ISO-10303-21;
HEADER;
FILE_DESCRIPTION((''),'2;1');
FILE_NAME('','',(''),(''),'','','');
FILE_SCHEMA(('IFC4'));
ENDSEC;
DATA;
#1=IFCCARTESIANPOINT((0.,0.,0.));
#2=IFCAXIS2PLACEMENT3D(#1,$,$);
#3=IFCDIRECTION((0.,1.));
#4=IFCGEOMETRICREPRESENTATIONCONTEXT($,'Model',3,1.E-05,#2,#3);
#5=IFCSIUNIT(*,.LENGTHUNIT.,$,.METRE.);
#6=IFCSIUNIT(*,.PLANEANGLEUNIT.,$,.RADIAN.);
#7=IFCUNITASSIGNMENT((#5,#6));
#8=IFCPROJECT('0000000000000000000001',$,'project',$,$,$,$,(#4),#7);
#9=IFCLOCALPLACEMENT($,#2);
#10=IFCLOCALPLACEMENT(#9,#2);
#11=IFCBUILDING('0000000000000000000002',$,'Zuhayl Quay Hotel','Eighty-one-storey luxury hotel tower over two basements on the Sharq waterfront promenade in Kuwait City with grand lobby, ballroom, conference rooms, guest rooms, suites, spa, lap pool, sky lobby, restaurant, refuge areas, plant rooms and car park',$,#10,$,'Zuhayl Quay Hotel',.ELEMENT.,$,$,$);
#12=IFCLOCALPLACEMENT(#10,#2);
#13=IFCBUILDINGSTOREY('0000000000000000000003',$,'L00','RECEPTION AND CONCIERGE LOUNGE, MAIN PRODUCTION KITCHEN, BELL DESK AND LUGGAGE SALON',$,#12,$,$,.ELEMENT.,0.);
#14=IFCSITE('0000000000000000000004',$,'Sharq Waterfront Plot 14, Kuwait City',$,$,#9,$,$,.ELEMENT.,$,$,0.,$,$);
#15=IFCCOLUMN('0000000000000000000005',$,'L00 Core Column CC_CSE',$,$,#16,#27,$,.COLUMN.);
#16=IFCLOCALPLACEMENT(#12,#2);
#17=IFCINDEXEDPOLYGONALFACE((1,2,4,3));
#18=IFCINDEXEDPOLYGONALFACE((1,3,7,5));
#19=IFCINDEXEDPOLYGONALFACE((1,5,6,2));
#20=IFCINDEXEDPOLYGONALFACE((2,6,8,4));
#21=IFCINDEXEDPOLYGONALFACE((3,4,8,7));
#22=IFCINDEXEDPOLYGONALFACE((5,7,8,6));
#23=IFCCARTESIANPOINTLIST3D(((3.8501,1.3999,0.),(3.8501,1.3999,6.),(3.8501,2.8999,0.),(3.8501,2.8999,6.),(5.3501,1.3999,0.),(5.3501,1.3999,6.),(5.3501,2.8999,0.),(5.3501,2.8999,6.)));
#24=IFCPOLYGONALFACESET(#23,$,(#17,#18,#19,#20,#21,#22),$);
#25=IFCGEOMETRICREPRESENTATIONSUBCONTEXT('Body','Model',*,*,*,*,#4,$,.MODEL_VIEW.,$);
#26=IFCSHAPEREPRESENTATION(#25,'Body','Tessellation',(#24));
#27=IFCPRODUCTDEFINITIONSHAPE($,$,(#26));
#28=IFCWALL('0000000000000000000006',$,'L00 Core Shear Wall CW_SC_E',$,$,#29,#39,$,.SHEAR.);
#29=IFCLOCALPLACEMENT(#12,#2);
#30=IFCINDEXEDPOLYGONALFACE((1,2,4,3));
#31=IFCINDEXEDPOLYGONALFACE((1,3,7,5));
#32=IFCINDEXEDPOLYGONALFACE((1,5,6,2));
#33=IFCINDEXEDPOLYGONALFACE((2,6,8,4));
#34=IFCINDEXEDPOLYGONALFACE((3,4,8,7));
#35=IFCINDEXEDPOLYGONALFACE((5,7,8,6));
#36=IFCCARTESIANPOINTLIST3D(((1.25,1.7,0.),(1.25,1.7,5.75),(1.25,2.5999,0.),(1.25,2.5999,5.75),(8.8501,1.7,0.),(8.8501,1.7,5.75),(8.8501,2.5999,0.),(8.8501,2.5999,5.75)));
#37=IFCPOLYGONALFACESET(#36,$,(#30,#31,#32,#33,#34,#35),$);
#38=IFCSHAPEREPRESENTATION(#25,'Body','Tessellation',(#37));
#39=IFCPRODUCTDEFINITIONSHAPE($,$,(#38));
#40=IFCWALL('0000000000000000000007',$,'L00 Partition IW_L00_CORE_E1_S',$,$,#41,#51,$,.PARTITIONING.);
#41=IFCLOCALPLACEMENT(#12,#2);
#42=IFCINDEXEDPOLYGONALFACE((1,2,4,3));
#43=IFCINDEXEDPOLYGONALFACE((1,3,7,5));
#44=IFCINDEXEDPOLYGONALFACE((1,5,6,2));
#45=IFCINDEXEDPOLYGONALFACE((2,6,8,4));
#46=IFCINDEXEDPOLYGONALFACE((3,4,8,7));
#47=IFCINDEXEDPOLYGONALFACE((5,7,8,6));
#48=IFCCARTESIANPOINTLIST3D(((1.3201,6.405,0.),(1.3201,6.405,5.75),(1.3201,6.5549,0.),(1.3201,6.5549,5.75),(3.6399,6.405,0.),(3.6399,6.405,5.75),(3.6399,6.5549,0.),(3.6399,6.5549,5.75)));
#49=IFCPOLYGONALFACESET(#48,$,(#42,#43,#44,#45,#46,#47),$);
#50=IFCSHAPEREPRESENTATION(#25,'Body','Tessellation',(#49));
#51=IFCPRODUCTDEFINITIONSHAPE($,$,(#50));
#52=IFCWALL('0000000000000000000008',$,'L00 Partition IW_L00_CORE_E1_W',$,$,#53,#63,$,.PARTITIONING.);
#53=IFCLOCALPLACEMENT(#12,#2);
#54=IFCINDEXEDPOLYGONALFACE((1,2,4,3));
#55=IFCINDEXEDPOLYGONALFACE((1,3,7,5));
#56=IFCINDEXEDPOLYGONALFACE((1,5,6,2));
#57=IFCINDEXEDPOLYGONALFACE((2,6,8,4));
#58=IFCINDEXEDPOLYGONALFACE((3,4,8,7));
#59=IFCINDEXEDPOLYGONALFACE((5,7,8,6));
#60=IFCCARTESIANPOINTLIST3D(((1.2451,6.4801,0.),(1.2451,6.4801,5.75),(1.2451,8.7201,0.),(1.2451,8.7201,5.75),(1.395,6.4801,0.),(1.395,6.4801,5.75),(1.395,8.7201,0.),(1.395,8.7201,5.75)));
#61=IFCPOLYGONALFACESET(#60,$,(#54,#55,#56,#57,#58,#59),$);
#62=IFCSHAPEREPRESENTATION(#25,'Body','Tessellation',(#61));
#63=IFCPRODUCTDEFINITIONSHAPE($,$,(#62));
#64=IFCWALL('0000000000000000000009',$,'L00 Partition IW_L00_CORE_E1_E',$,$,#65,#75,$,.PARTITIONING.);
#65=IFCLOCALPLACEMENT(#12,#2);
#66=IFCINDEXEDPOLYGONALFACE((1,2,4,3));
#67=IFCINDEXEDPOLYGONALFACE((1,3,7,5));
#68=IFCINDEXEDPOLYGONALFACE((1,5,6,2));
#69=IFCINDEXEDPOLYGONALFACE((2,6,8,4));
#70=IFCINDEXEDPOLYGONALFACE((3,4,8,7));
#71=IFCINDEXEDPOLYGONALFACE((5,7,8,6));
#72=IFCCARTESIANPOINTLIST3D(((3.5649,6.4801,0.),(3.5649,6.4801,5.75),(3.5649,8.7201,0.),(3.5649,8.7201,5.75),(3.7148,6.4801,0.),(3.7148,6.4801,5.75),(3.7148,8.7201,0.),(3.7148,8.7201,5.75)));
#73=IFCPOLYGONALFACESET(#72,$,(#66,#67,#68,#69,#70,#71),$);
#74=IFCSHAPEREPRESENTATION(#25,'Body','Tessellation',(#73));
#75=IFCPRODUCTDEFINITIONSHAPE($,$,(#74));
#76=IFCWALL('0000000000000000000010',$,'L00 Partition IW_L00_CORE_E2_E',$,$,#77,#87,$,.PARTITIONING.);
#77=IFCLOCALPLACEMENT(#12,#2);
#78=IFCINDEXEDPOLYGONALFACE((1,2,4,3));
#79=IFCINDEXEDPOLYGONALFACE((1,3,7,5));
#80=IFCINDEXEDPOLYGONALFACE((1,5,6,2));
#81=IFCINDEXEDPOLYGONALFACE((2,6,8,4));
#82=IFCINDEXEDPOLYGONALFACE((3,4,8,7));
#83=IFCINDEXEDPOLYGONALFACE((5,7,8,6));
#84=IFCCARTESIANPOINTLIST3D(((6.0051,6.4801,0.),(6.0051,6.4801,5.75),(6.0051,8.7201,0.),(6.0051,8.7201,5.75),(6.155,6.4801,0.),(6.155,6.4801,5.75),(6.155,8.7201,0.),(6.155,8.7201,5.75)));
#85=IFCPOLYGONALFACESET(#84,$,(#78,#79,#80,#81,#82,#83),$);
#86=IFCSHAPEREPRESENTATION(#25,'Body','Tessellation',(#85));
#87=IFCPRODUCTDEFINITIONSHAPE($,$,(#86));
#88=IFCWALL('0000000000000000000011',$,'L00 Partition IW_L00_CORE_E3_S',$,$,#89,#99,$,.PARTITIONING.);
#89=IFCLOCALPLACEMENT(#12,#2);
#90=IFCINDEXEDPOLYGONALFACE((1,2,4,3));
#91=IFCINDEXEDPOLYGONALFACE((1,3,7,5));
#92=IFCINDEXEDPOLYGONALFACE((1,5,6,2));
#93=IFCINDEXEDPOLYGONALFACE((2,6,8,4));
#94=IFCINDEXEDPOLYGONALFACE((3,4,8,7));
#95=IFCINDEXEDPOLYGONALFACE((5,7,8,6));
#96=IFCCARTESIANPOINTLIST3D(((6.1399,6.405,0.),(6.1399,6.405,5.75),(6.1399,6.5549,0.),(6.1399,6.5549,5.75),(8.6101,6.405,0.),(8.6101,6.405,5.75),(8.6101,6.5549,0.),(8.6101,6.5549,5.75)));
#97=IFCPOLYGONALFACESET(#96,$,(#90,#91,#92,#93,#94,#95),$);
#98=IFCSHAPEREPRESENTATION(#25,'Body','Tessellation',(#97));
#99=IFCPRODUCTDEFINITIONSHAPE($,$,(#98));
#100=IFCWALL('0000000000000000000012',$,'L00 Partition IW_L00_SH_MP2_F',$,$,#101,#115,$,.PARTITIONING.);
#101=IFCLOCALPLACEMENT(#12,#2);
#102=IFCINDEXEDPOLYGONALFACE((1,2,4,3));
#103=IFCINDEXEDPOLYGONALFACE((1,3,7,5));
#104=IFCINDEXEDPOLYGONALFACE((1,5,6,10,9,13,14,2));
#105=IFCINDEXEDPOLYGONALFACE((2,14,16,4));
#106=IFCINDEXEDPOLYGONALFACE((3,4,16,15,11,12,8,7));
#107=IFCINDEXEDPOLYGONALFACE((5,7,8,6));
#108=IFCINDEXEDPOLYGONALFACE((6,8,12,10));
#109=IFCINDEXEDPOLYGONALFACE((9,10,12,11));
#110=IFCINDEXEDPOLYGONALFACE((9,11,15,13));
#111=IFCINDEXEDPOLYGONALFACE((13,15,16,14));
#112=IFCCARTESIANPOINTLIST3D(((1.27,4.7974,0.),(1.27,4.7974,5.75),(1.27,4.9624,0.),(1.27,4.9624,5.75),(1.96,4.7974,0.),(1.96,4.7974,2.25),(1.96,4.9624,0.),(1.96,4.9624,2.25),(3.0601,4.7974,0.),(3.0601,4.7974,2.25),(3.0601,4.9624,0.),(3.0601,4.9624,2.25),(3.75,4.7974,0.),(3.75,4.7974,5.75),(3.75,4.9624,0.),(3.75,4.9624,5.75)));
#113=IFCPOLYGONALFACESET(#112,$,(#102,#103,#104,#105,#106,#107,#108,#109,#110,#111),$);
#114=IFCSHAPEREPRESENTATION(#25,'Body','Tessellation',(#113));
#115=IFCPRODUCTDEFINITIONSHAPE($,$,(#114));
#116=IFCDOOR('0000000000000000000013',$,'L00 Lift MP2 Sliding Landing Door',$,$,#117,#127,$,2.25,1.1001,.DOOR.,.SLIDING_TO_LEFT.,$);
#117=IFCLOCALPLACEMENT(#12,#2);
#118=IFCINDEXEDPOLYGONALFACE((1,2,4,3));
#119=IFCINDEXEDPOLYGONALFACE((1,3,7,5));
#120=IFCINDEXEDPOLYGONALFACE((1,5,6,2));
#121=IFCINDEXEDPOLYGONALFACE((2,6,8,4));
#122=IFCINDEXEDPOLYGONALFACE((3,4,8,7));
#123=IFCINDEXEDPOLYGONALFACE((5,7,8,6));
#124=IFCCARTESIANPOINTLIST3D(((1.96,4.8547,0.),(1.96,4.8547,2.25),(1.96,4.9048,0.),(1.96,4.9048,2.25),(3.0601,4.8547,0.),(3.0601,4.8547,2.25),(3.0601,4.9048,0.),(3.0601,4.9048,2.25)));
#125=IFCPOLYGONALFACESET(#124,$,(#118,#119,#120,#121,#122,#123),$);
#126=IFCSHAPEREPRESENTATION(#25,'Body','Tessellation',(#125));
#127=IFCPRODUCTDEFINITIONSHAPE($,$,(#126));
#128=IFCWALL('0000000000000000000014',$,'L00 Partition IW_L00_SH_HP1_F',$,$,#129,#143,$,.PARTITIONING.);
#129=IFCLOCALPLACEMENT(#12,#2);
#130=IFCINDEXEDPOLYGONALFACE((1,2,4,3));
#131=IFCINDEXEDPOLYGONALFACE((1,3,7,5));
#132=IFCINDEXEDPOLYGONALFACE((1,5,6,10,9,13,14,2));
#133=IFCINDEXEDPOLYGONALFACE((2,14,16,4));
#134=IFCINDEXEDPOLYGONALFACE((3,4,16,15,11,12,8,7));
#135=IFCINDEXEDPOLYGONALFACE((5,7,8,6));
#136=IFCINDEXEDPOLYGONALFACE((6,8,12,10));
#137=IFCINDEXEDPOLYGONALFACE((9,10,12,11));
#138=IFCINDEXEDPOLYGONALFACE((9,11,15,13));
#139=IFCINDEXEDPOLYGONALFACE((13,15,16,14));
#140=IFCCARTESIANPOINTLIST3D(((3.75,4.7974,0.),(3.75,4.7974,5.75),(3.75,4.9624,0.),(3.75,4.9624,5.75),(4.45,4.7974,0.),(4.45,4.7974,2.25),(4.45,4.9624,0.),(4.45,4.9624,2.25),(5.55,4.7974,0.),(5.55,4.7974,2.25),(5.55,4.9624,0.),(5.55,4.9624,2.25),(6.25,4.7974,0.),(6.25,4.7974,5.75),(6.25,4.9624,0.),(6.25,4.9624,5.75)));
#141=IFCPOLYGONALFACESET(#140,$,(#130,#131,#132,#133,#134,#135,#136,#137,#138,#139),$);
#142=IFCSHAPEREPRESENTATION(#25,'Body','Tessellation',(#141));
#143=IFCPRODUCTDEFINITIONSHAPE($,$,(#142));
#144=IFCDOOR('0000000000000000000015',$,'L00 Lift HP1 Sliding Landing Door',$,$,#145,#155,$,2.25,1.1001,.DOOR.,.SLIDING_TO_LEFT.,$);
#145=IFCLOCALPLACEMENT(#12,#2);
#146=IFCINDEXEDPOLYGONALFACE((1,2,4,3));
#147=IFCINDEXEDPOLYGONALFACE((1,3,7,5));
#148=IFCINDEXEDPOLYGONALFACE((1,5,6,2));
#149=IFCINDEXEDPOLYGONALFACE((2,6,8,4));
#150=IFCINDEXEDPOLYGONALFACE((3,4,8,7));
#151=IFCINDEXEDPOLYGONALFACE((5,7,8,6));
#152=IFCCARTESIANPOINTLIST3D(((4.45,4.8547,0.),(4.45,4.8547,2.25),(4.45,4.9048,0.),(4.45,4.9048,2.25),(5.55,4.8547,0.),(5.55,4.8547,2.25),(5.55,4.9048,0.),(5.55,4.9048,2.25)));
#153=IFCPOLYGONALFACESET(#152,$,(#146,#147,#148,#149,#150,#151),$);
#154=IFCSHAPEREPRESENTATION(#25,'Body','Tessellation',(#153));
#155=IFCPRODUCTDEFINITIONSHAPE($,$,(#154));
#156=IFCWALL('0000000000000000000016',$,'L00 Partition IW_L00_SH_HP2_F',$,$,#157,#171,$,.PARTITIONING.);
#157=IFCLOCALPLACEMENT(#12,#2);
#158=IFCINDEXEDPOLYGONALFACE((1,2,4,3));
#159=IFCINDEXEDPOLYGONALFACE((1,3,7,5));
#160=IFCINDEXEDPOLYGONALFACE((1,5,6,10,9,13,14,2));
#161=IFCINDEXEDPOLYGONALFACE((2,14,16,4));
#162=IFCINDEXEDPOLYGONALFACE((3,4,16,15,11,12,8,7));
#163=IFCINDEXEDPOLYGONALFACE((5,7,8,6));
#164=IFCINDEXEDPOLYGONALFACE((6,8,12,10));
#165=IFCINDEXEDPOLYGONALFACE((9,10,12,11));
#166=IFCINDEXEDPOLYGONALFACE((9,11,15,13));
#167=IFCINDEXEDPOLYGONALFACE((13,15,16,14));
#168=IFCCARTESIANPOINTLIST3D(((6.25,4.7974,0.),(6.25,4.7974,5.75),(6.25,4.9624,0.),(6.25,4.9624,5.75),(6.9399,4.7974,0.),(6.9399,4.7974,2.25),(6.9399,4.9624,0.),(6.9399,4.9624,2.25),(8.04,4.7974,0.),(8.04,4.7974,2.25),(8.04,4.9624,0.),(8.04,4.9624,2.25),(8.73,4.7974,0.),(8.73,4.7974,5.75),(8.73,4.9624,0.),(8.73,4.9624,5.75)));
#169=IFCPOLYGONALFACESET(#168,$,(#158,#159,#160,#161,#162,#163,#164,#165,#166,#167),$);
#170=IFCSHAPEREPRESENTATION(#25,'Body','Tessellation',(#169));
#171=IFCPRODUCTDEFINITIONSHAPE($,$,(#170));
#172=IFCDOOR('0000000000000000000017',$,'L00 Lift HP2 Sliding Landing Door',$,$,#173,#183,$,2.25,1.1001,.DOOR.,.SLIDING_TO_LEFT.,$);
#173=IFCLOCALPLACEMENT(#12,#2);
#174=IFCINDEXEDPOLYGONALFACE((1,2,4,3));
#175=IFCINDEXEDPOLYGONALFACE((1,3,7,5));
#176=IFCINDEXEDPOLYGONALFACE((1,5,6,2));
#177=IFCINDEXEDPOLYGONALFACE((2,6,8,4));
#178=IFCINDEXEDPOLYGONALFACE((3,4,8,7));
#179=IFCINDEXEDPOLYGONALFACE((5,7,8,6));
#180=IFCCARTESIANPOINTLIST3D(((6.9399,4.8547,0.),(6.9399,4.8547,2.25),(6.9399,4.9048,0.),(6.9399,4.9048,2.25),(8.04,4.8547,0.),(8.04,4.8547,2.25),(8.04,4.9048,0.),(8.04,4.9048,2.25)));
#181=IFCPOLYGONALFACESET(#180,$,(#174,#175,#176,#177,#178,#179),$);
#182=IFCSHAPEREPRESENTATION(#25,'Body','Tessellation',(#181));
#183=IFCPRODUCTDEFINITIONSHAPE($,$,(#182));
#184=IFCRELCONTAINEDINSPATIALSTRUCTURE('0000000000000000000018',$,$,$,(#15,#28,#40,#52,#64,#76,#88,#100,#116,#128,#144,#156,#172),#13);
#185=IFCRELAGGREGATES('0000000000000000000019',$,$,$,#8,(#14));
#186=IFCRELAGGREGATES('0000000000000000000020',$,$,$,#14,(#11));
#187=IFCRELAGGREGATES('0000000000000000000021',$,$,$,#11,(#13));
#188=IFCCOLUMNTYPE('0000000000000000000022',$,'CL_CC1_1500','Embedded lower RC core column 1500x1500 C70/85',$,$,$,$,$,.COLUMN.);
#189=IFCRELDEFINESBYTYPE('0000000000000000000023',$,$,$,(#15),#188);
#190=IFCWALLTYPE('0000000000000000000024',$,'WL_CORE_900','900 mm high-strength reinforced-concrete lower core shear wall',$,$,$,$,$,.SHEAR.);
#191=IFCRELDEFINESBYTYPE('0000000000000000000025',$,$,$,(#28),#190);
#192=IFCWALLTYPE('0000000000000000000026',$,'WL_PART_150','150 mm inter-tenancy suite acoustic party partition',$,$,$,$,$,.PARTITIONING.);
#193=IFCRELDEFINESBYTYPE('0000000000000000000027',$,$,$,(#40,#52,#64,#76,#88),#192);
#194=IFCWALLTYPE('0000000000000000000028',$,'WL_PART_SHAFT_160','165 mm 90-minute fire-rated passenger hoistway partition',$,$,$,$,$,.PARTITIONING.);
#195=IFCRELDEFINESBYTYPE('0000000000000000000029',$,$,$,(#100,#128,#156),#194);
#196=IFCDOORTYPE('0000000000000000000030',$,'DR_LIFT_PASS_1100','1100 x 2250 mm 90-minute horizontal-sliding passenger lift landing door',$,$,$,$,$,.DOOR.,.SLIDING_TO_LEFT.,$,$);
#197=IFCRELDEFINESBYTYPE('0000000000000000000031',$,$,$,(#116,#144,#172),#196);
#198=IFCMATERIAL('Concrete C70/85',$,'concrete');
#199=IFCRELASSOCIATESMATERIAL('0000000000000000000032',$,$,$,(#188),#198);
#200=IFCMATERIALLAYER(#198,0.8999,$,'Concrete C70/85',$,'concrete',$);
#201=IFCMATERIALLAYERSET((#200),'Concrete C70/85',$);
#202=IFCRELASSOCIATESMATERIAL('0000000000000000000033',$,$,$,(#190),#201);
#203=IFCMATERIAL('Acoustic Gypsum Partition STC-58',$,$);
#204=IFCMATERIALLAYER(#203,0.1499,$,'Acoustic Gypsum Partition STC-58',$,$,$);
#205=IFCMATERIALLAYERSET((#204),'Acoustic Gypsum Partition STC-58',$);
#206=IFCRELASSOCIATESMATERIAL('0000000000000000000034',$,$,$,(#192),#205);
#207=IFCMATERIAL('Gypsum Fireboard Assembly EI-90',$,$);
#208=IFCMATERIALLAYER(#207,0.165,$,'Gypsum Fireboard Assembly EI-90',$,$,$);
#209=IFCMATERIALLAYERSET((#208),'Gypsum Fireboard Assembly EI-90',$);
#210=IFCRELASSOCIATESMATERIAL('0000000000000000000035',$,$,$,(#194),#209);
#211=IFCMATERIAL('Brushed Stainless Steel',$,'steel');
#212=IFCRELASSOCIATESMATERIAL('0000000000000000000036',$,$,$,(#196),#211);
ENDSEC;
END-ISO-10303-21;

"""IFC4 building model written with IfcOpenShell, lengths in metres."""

from ifc_helpers import new_model, si_unit, direction, frame, frame_2d, origin, origin_2d, place, context, subcontext, project, spatial, rectangle, extrude, material, layer, layer_set, material_profile, profile_set, type_object, element, fill, save


model = new_model("IFC4")

# Units and contexts
model_context = context("Model", 3, precision=1e-05, world=origin(), true_north=direction((0.0, 1.0)))
body_context = subcontext(model_context, "Body", "Model", "MODEL_VIEW")
ifc_project = project(units=[si_unit("LENGTHUNIT", "METRE"), si_unit("PLANEANGLEUNIT", "RADIAN")], contexts=[model_context])

# Site, building, storey
site_placement = place(None, origin())
site = spatial("IfcSite", under=ifc_project, at=site_placement, Name="Sharq Waterfront Plot 14, Kuwait City", CompositionType="ELEMENT", RefElevation=0.0)
building_placement = place(site_placement, origin())
building = spatial("IfcBuilding", under=site, at=building_placement, Name="Zuhayl Quay Hotel", Description="Eighty-one-storey luxury hotel tower over two basements on the Sharq waterfront promenade in Kuwait City with grand lobby, ballroom, conference rooms, guest rooms, suites, spa, lap pool, sky lobby, restaurant, refuge areas, plant rooms and car park", LongName="Zuhayl Quay Hotel", CompositionType="ELEMENT")
storey_placement = place(building_placement, origin())
storey = spatial("IfcBuildingStorey", under=building, at=storey_placement, Name="L00", Description="RECEPTION AND CONCIERGE LOUNGE, MAIN PRODUCTION KITCHEN, BELL DESK AND LUGGAGE SALON", CompositionType="ELEMENT", Elevation=0.0)

# Column
ifc_material_1 = material(Name="Concrete C70/85", Category="concrete")
ifc_material_profile = material_profile(ifc_material_1, rectangle(XDim=1.5, YDim=1.5, at=origin_2d()), Name="RC1500X1500")
ifc_profile_set = profile_set([ifc_material_profile], Name="Concrete C70/85")
column_type = type_object("IfcColumnType", Name="CL_CC1_1500", Description="Embedded lower RC core column 1500x1500 C70/85", PredefinedType="COLUMN", material=ifc_profile_set)
column_placement = place(storey_placement, frame((4.6001, 2.1499, 0.0), z_axis=(0.0, 0.0, 1.0), x_axis=(1.0, 0.0, 0.0)))
element("IfcColumn", 1, at=column_placement, inside=storey, type_object=column_type, Name="L00 Core Column CC_CSE", PredefinedType="COLUMN", context=body_context, shape_type="SweptSolid", body=[
    extrude(rectangle(XDim=1.5, YDim=1.5, at=origin_2d()), origin(), (0.0, 0.0, 1.0), 6.0),
])

# Wall
ifc_layer_1 = layer(ifc_material_1, 0.8999, Name="Concrete C70/85", Category="concrete")
ifc_layer_set_1 = layer_set([ifc_layer_1], Name="Concrete C70/85")
wall_type_1 = type_object("IfcWallType", Name="WL_CORE_900", Description="900 mm high-strength reinforced-concrete lower core shear wall", PredefinedType="SHEAR", material=ifc_layer_set_1)
wall_1_placement = place(storey_placement, frame((1.25, 2.1499, 0.0), z_axis=(0.0, 0.0, 1.0), x_axis=(1.0, 0.0, 0.0)))
element("IfcWall", 2, at=wall_1_placement, inside=storey, type_object=wall_type_1, Name="L00 Core Shear Wall CW_SC_E", PredefinedType="SHEAR", context=body_context, shape_type="SweptSolid", body=[
    extrude(rectangle(XDim=7.6001, YDim=0.8999, at=frame_2d((3.8, 0.0))), origin(), (0.0, 0.0, 1.0), 5.75),
])

# Shared definitions
ifc_material_2 = material(Name="Acoustic Gypsum Partition STC-58")
ifc_layer_2 = layer(ifc_material_2, 0.1499, Name="Acoustic Gypsum Partition STC-58")
ifc_layer_set_2 = layer_set([ifc_layer_2], Name="Acoustic Gypsum Partition STC-58")
wall_type_2 = type_object("IfcWallType", Name="WL_PART_150", Description="150 mm inter-tenancy suite acoustic party partition", PredefinedType="PARTITIONING", material=ifc_layer_set_2)

# Walls
wall_2_placement = place(storey_placement, frame((1.3201, 6.48, 0.0), z_axis=(0.0, 0.0, 1.0), x_axis=(1.0, 0.0, 0.0)))
element("IfcWall", 3, at=wall_2_placement, inside=storey, type_object=wall_type_2, Name="L00 Partition IW_L00_CORE_E1_S", PredefinedType="PARTITIONING", context=body_context, shape_type="SweptSolid", body=[
    extrude(rectangle(XDim=2.3198, YDim=0.1499, at=frame_2d((1.1599, 0.0))), origin(), (0.0, 0.0, 1.0), 5.75),
])
for number, where, z_axis, x_axis, name in (
    (4, (1.3201, 6.48, 0.0), (0.0, 0.0, 1.0), (0.0, 1.0, 0.0), "L00 Partition IW_L00_CORE_E1_W"),
    (5, (3.6399, 6.48, 0.0), (0.0, 0.0, 1.0), (0.0, 1.0, 0.0), "L00 Partition IW_L00_CORE_E1_E"),
    (6, (6.0801, 6.48, 0.0), (0.0, 0.0, 1.0), (0.0, 1.0, 0.0), "L00 Partition IW_L00_CORE_E2_E"),
):
    element("IfcWall", number, at=place(storey_placement, frame(where, z_axis=z_axis, x_axis=x_axis)), inside=storey, type_object=wall_type_2, Name=name, PredefinedType="PARTITIONING", context=body_context, shape_type="SweptSolid", body=[
        extrude(rectangle(XDim=2.24, YDim=0.1499, at=frame_2d((1.1201, 0.0))), origin(), (0.0, 0.0, 1.0), 5.75),
    ])
wall_3_placement = place(storey_placement, frame((6.1399, 6.48, 0.0), z_axis=(0.0, 0.0, 1.0), x_axis=(1.0, 0.0, 0.0)))
element("IfcWall", 7, at=wall_3_placement, inside=storey, type_object=wall_type_2, Name="L00 Partition IW_L00_CORE_E3_S", PredefinedType="PARTITIONING", context=body_context, shape_type="SweptSolid", body=[
    extrude(rectangle(XDim=2.4702, YDim=0.1499, at=frame_2d((1.2351, 0.0))), origin(), (0.0, 0.0, 1.0), 5.75),
])

# Walls, openings, doors
ifc_material_3 = material(Name="Gypsum Fireboard Assembly EI-90")
ifc_layer_3 = layer(ifc_material_3, 0.165, Name="Gypsum Fireboard Assembly EI-90")
ifc_layer_set_3 = layer_set([ifc_layer_3], Name="Gypsum Fireboard Assembly EI-90")
wall_type_3 = type_object("IfcWallType", Name="WL_PART_SHAFT_160", Description="165 mm 90-minute fire-rated passenger hoistway partition", PredefinedType="PARTITIONING", material=ifc_layer_set_3)
wall_4_placement = place(storey_placement, frame((1.27, 4.8799, 0.0), z_axis=(0.0, 0.0, 1.0), x_axis=(1.0, 0.0, 0.0)))
wall_4 = element("IfcWall", 8, at=wall_4_placement, inside=storey, type_object=wall_type_3, Name="L00 Partition IW_L00_SH_MP2_F", PredefinedType="PARTITIONING", context=body_context, shape_type="SweptSolid", body=[
    extrude(rectangle(XDim=2.48, YDim=0.165, at=frame_2d((1.24, 0.0))), origin(), (0.0, 0.0, 1.0), 5.75),
])
opening_1_placement = place(wall_4_placement, frame((0.6899, 0.0, 0.0)))
opening_1 = element("IfcOpeningElement", 9, at=opening_1_placement, cuts=wall_4, PredefinedType="OPENING", context=body_context, shape_type="SweptSolid", body=[
    extrude(rectangle(XDim=1.1001, YDim=2.25, at=frame_2d((0.55, 1.125))), frame((0.0, 0.0925, 0.0), z_axis=(0.0, -1.0, 0.0), x_axis=(1.0, 0.0, 0.0)), (0.0, 0.0, 1.0), 0.1851),
])
ifc_material_4 = material(Name="Brushed Stainless Steel", Category="steel")
door_type_1 = type_object("IfcDoorType", Name="DR_LIFT_PASS_1100", Description="1100 x 2250 mm 90-minute horizontal-sliding passenger lift landing door", OperationType="SLIDING_TO_LEFT", PredefinedType="DOOR", material=ifc_material_4)
door_1_placement = place(opening_1_placement, origin())
door_1 = element("IfcDoor", 10, at=door_1_placement, inside=storey, type_object=door_type_1, Name="L00 Lift MP2 Sliding Landing Door", OperationType="SLIDING_TO_LEFT", OverallHeight=2.25, OverallWidth=1.1001, PredefinedType="DOOR", context=body_context, shape_type="SweptSolid", body=[
    extrude(rectangle(XDim=1.1001, YDim=2.25, at=frame_2d((0.55, 1.125))), frame((0.0, 0.0249, 0.0), z_axis=(0.0, -1.0, 0.0), x_axis=(1.0, 0.0, 0.0)), (0.0, 0.0, 1.0), 0.05),
])
fill(opening_1, door_1)
wall_5_placement = place(storey_placement, frame((3.75, 4.8799, 0.0), z_axis=(0.0, 0.0, 1.0), x_axis=(1.0, 0.0, 0.0)))
wall_5 = element("IfcWall", 11, at=wall_5_placement, inside=storey, type_object=wall_type_3, Name="L00 Partition IW_L00_SH_HP1_F", PredefinedType="PARTITIONING", context=body_context, shape_type="SweptSolid", body=[
    extrude(rectangle(XDim=2.5, YDim=0.165, at=frame_2d((1.25, 0.0))), origin(), (0.0, 0.0, 1.0), 5.75),
])
opening_2_placement = place(wall_5_placement, frame((0.7, 0.0, 0.0)))
opening_2 = element("IfcOpeningElement", 12, at=opening_2_placement, cuts=wall_5, PredefinedType="OPENING", context=body_context, shape_type="SweptSolid", body=[
    extrude(rectangle(XDim=1.1001, YDim=2.25, at=frame_2d((0.55, 1.125))), frame((0.0, 0.0925, 0.0), z_axis=(0.0, -1.0, 0.0), x_axis=(1.0, 0.0, 0.0)), (0.0, 0.0, 1.0), 0.1851),
])
door_2_placement = place(opening_2_placement, origin())
door_2 = element("IfcDoor", 13, at=door_2_placement, inside=storey, type_object=door_type_1, Name="L00 Lift HP1 Sliding Landing Door", OperationType="SLIDING_TO_LEFT", OverallHeight=2.25, OverallWidth=1.1001, PredefinedType="DOOR", context=body_context, shape_type="SweptSolid", body=[
    extrude(rectangle(XDim=1.1001, YDim=2.25, at=frame_2d((0.55, 1.125))), frame((0.0, 0.0249, 0.0), z_axis=(0.0, -1.0, 0.0), x_axis=(1.0, 0.0, 0.0)), (0.0, 0.0, 1.0), 0.05),
])
fill(opening_2, door_2)
wall_6_placement = place(storey_placement, frame((6.25, 4.8799, 0.0), z_axis=(0.0, 0.0, 1.0), x_axis=(1.0, 0.0, 0.0)))
wall_6 = element("IfcWall", 14, at=wall_6_placement, inside=storey, type_object=wall_type_3, Name="L00 Partition IW_L00_SH_HP2_F", PredefinedType="PARTITIONING", context=body_context, shape_type="SweptSolid", body=[
    extrude(rectangle(XDim=2.48, YDim=0.165, at=frame_2d((1.24, 0.0))), origin(), (0.0, 0.0, 1.0), 5.75),
])
opening_3_placement = place(wall_6_placement, frame((0.6899, 0.0, 0.0)))
opening_3 = element("IfcOpeningElement", 15, at=opening_3_placement, cuts=wall_6, PredefinedType="OPENING", context=body_context, shape_type="SweptSolid", body=[
    extrude(rectangle(XDim=1.1001, YDim=2.25, at=frame_2d((0.55, 1.125))), frame((0.0, 0.0925, 0.0), z_axis=(0.0, -1.0, 0.0), x_axis=(1.0, 0.0, 0.0)), (0.0, 0.0, 1.0), 0.1851),
])
door_3_placement = place(opening_3_placement, origin())
door_3 = element("IfcDoor", 16, at=door_3_placement, inside=storey, type_object=door_type_1, Name="L00 Lift HP2 Sliding Landing Door", OperationType="SLIDING_TO_LEFT", OverallHeight=2.25, OverallWidth=1.1001, PredefinedType="DOOR", context=body_context, shape_type="SweptSolid", body=[
    extrude(rectangle(XDim=1.1001, YDim=2.25, at=frame_2d((0.55, 1.125))), frame((0.0, 0.0249, 0.0), z_axis=(0.0, -1.0, 0.0), x_axis=(1.0, 0.0, 0.0)), (0.0, 0.0, 1.0), 0.05),
])
fill(opening_3, door_3)

save(model, "model.ifc")
